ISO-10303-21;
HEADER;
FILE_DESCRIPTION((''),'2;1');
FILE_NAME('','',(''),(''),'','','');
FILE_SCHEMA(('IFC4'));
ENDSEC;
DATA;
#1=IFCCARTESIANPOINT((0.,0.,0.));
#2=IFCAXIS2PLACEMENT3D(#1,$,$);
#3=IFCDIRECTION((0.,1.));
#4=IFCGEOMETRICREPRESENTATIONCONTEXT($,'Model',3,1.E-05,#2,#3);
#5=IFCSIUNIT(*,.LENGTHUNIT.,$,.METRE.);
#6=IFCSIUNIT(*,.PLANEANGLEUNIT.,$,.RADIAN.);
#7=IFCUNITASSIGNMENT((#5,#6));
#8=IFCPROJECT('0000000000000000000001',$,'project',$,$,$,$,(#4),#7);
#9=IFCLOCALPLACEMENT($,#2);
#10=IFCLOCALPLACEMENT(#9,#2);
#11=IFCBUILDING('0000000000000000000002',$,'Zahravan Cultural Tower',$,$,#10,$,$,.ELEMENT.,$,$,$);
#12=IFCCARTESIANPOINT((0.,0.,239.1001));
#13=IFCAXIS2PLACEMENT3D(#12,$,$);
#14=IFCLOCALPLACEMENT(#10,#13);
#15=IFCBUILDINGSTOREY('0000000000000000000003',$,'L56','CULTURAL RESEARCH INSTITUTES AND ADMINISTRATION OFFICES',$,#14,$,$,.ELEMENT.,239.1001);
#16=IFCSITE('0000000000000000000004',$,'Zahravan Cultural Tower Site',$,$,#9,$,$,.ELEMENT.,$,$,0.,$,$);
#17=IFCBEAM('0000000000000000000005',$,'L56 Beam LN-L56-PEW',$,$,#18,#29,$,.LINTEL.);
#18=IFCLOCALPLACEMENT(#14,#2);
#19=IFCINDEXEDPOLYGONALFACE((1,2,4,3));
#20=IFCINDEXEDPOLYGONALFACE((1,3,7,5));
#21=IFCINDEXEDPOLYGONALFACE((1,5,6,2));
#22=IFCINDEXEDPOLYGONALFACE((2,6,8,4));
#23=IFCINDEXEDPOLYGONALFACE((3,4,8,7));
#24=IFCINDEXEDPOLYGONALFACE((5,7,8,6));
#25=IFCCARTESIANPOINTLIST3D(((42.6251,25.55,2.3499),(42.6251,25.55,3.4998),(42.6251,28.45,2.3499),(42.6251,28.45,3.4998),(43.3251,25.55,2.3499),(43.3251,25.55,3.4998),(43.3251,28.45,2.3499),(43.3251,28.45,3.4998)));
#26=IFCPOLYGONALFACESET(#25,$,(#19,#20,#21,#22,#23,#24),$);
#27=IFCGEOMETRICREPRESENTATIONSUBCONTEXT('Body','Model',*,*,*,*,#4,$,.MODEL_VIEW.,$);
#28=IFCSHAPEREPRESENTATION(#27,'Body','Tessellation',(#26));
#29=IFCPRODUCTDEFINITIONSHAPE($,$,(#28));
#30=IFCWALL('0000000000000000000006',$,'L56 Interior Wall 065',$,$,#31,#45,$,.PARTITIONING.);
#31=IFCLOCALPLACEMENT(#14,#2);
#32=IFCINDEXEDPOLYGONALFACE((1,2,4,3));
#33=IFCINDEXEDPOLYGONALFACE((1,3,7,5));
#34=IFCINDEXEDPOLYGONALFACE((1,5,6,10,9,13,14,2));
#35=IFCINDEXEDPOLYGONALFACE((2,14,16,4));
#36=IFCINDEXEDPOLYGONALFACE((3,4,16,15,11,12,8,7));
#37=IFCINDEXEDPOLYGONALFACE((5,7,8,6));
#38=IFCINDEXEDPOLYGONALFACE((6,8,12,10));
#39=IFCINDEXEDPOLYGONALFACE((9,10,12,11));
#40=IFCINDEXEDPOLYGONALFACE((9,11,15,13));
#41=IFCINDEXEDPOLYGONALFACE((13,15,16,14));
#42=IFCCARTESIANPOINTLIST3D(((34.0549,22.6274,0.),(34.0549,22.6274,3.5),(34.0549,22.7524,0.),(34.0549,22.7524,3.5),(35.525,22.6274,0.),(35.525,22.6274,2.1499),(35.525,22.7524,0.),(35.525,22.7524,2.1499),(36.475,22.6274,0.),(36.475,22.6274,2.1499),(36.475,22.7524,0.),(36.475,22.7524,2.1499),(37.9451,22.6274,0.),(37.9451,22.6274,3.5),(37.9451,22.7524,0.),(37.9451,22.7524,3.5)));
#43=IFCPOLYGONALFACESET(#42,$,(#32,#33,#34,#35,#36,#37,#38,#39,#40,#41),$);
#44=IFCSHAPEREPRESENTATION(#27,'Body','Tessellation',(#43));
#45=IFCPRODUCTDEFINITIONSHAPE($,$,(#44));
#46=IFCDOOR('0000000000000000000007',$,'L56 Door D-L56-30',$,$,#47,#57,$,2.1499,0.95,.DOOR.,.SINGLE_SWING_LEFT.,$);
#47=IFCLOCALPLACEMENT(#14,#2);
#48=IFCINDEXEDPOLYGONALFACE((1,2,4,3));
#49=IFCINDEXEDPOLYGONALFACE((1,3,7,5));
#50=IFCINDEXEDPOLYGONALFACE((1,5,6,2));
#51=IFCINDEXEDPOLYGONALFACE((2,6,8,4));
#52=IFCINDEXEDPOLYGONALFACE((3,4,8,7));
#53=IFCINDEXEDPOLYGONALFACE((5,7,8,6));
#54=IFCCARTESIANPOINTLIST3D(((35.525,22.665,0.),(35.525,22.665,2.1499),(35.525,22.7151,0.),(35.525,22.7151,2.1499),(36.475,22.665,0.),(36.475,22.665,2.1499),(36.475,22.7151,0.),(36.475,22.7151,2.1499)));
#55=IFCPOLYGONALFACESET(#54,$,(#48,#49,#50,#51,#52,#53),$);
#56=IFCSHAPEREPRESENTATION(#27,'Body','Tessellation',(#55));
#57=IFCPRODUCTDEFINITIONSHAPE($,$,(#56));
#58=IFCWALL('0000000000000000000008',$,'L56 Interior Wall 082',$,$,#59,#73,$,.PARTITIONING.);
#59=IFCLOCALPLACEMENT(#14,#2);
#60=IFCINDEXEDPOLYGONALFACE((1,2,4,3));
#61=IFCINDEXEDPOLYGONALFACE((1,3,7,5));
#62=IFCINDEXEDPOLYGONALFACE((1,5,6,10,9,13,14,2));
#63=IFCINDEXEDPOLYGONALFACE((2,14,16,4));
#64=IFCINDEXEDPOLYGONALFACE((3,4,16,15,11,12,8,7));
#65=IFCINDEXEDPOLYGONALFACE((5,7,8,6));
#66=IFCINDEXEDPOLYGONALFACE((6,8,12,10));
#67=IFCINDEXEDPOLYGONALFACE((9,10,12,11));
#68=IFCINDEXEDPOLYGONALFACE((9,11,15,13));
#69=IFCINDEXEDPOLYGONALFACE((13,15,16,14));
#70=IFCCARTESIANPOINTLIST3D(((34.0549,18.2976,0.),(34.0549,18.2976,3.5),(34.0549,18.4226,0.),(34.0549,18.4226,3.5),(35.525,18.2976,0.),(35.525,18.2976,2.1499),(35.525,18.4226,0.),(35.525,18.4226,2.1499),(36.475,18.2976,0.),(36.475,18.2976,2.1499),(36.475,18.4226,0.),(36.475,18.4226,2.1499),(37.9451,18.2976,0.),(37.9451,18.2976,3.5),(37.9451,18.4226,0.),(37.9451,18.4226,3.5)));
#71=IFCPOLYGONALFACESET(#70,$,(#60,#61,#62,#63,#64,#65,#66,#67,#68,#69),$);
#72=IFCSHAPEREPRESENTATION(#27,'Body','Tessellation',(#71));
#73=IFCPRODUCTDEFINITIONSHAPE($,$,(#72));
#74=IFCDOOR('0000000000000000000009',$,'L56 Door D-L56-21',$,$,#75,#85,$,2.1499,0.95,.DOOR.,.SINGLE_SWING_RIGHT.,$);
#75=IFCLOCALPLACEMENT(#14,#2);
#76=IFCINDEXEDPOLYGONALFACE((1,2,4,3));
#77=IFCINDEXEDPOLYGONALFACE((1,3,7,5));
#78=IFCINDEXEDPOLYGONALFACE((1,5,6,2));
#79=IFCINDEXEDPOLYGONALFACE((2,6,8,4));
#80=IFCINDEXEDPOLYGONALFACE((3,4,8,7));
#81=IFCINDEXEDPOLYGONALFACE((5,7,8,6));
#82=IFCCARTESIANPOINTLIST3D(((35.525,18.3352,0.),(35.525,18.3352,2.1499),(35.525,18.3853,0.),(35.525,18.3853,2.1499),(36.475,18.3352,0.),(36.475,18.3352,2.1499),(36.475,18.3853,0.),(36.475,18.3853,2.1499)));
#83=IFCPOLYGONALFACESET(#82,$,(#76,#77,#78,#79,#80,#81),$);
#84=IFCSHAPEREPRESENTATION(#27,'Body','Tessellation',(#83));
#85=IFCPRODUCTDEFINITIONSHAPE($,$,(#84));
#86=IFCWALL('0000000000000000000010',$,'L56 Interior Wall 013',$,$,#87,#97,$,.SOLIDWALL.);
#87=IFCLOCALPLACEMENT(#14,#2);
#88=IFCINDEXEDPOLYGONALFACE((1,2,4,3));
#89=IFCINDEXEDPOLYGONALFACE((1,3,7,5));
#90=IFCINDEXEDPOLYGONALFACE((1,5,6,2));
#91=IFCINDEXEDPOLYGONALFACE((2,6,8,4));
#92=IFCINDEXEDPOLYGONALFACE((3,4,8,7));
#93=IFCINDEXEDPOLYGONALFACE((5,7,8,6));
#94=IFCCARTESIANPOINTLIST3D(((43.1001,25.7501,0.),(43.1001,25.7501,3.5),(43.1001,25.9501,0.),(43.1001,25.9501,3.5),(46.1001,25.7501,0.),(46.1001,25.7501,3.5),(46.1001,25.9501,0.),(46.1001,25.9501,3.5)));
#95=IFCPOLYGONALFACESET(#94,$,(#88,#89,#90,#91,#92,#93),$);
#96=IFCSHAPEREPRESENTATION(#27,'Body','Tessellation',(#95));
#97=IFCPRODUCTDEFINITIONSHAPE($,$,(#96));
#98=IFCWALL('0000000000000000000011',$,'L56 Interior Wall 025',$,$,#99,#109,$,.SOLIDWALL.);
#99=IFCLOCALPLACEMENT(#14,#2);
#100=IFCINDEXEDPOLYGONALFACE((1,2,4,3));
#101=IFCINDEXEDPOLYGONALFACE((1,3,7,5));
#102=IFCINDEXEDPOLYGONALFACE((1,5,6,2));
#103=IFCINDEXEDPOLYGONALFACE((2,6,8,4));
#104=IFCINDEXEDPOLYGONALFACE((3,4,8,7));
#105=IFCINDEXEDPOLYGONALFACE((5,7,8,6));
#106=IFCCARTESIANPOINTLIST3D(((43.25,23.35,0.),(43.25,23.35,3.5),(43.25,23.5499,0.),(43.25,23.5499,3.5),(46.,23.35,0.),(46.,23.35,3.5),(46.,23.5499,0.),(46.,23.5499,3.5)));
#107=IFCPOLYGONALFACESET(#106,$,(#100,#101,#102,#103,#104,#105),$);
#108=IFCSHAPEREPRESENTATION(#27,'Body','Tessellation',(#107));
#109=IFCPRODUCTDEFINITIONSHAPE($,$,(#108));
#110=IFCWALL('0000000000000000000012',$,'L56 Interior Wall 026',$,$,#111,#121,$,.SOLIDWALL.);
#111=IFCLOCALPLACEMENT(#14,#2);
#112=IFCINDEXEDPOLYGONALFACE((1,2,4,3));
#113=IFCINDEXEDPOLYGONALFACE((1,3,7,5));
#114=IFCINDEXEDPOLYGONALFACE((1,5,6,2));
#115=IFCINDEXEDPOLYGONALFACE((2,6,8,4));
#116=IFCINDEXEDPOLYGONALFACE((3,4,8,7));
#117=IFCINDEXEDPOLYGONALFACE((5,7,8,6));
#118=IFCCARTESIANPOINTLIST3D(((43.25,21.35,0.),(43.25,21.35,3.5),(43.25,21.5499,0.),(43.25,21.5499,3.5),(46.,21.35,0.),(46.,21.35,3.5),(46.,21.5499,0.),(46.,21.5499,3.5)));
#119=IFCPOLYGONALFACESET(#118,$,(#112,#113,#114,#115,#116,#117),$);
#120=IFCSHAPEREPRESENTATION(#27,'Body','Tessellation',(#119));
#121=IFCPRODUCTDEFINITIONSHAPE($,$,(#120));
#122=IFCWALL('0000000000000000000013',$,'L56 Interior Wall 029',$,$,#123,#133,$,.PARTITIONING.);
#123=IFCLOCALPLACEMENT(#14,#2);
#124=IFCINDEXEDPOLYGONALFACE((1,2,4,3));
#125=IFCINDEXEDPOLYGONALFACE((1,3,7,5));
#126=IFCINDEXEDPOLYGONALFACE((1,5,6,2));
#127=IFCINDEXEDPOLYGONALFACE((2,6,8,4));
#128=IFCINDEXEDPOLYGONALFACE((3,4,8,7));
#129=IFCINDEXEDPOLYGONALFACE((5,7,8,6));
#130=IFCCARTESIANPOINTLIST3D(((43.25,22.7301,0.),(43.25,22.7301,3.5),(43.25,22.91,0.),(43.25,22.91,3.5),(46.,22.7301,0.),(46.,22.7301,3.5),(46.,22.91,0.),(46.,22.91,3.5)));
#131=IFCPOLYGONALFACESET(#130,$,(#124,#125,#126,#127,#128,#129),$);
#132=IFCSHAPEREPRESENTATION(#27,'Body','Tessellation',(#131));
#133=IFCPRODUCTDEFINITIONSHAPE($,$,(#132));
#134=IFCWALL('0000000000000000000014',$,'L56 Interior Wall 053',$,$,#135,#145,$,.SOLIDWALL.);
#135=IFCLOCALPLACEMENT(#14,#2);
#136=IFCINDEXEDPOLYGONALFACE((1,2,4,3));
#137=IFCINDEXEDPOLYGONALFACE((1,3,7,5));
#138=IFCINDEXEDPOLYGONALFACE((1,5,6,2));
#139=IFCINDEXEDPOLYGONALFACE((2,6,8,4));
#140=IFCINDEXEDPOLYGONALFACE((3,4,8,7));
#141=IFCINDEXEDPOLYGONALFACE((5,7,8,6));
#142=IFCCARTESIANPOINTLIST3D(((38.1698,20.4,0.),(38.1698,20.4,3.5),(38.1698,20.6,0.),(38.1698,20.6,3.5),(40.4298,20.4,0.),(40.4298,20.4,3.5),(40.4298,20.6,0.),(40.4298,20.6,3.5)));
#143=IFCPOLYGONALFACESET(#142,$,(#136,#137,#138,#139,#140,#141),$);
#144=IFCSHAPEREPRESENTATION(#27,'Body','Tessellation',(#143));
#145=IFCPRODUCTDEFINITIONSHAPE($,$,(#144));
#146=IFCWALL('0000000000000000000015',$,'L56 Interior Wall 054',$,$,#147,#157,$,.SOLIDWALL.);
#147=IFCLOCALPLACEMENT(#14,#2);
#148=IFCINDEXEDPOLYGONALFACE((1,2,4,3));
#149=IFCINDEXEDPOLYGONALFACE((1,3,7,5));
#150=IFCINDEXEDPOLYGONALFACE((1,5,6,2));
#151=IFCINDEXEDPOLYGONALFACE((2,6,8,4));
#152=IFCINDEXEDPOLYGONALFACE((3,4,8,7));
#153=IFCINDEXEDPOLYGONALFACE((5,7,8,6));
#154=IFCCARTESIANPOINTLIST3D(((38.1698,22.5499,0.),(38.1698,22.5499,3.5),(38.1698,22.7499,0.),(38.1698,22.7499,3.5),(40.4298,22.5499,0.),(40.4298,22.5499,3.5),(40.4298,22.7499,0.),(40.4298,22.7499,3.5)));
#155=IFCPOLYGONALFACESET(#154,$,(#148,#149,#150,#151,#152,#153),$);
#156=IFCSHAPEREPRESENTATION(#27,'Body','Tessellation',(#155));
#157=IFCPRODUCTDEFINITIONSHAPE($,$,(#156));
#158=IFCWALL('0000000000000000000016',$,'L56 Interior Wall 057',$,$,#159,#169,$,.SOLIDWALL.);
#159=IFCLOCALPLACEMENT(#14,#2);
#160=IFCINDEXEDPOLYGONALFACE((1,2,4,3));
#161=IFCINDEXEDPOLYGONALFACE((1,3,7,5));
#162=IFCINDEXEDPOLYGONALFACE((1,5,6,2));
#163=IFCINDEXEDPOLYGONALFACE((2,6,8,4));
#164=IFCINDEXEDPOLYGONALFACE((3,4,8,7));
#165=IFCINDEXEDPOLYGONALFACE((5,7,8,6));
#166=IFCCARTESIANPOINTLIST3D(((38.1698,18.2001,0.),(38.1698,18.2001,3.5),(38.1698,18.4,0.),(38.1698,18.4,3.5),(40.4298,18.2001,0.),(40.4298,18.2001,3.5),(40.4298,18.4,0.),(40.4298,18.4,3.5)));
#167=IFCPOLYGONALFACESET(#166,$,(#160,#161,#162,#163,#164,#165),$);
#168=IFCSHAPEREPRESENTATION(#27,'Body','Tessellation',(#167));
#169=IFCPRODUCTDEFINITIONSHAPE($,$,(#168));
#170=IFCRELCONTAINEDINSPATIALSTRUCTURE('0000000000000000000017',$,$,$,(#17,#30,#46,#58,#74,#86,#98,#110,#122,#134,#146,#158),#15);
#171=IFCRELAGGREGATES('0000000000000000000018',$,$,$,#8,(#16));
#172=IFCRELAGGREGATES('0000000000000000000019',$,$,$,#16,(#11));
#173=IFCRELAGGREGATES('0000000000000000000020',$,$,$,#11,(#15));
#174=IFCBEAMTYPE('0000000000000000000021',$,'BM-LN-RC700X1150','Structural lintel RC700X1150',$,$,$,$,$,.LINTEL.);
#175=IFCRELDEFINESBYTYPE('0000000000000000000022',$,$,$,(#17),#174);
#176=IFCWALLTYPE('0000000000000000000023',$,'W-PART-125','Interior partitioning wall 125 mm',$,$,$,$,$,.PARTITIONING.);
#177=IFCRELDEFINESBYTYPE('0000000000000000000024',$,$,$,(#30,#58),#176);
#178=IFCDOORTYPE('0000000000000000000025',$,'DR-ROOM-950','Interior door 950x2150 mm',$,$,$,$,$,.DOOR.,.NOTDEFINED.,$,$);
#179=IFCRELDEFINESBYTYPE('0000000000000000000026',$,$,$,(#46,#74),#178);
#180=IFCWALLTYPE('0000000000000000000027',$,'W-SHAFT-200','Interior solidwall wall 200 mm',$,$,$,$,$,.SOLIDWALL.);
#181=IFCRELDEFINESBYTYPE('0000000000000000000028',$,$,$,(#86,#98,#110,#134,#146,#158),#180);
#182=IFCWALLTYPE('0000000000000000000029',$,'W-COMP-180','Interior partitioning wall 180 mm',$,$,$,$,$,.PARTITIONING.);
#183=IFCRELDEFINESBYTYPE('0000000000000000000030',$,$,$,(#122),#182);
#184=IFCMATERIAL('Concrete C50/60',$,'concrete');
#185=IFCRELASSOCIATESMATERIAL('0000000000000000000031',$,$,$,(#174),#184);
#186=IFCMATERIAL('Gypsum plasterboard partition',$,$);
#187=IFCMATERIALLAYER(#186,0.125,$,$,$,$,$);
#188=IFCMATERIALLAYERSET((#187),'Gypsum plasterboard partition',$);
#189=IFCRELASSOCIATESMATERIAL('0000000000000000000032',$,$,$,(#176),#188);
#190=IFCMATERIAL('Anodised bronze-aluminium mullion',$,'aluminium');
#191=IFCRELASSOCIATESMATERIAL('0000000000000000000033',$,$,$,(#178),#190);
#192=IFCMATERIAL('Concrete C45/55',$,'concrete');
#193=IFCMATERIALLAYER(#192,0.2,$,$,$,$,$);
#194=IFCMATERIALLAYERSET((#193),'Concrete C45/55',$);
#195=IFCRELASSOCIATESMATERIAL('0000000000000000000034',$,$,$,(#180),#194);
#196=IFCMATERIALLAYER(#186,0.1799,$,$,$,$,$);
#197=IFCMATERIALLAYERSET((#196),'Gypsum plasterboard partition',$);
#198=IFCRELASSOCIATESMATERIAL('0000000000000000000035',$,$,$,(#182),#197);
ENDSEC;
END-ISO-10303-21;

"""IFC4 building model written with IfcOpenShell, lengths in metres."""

from ifc_helpers import new_model, si_unit, direction, frame, frame_2d, origin, origin_2d, place, context, subcontext, project, spatial, rectangle, extrude, source, transform, mapped, material, layer, layer_set, material_profile, profile_set, type_object, element, fill, save


model = new_model("IFC4")

# Units and contexts
model_context = context("Model", 3, precision=1e-05, world=origin(), true_north=direction((0.0, 1.0)))
body_context = subcontext(model_context, "Body", "Model", "MODEL_VIEW")
ifc_project = project(units=[si_unit("LENGTHUNIT", "METRE"), si_unit("PLANEANGLEUNIT", "RADIAN")], contexts=[model_context])

# Site, building, storey
site_placement = place(None, origin())
site = spatial("IfcSite", under=ifc_project, at=site_placement, Name="Zahravan Cultural Tower Site", CompositionType="ELEMENT", RefElevation=0.0)
building_placement = place(site_placement, origin())
building = spatial("IfcBuilding", under=site, at=building_placement, Name="Zahravan Cultural Tower", CompositionType="ELEMENT")
storey_placement = place(building_placement, frame((0.0, 0.0, 239.1001)))
storey = spatial("IfcBuildingStorey", under=building, at=storey_placement, Name="L56", Description="CULTURAL RESEARCH INSTITUTES AND ADMINISTRATION OFFICES", CompositionType="ELEMENT", Elevation=239.1001)

# Beam
ifc_material_1 = material(Name="Concrete C50/60", Category="concrete")
ifc_material_profile = material_profile(ifc_material_1, rectangle(XDim=0.7, YDim=1.1499, at=origin_2d()), Name="RC700X1150")
ifc_profile_set = profile_set([ifc_material_profile], Name="Concrete C50/60")
beam_type = type_object("IfcBeamType", Name="BM-LN-RC700X1150", Description="Structural lintel RC700X1150", PredefinedType="LINTEL", material=ifc_profile_set)
shared_shape_1 = source(origin(), body_context, "Body", "SweptSolid", [
    extrude(rectangle(XDim=0.7, YDim=1.1499, at=origin_2d()), origin(), (0.0, 0.0, 1.0), 2.8999),
])
beam_placement = place(storey_placement, frame((42.9751, 25.55, 2.9248), z_axis=(0.0, 1.0, 0.0), x_axis=(-1.0, 0.0, 0.0)))
element("IfcBeam", 1, at=beam_placement, inside=storey, type_object=beam_type, Name="L56 Beam LN-L56-PEW", PredefinedType="LINTEL", context=body_context, shape_type="MappedRepresentation", body=[
    mapped(shared_shape_1, transform((0.0, 0.0, 0.0), x_axis=(1.0, 0.0, 0.0), y_axis=(0.0, 1.0, 0.0), z_axis=(0.0, 0.0, 1.0), scale=1.0)),
])

# Walls, openings, doors
ifc_material_2 = material(Name="Gypsum plasterboard partition")
ifc_layer_1 = layer(ifc_material_2, 0.125)
ifc_layer_set_1 = layer_set([ifc_layer_1], Name="Gypsum plasterboard partition")
wall_type_1 = type_object("IfcWallType", Name="W-PART-125", Description="Interior partitioning wall 125 mm", PredefinedType="PARTITIONING", material=ifc_layer_set_1)
wall_1_placement = place(storey_placement, frame((37.9451, 22.6899, 0.0), z_axis=(0.0, 0.0, 1.0), x_axis=(-1.0, 0.0, 0.0)))
wall_1 = element("IfcWall", 2, at=wall_1_placement, inside=storey, type_object=wall_type_1, Name="L56 Interior Wall 065", PredefinedType="PARTITIONING", context=body_context, shape_type="SweptSolid", body=[
    extrude(rectangle(XDim=3.8901, YDim=0.125, at=frame_2d((1.9451, 0.0))), origin(), (0.0, 0.0, 1.0), 3.5),
])
opening_1_placement = place(wall_1_placement, frame((1.47, 0.0, 0.0)))
opening_1 = element("IfcOpeningElement", 3, at=opening_1_placement, cuts=wall_1, PredefinedType="OPENING", context=body_context, shape_type="SweptSolid", body=[
    extrude(rectangle(XDim=0.95, YDim=2.1499, at=frame_2d((0.4751, 1.075))), frame((0.0, 0.0725, 0.0), z_axis=(0.0, -1.0, 0.0), x_axis=(1.0, 0.0, 0.0)), (0.0, 0.0, 1.0), 0.145),
])
ifc_material_3 = material(Name="Anodised bronze-aluminium mullion", Category="aluminium")
door_type = type_object("IfcDoorType", Name="DR-ROOM-950", Description="Interior door 950x2150 mm", OperationType="NOTDEFINED", PredefinedType="DOOR", material=ifc_material_3)
shared_shape_2 = source(origin(), body_context, "Body", "SweptSolid", [
    extrude(rectangle(XDim=0.95, YDim=2.1499, at=frame_2d((0.4751, 1.075))), frame((0.0, 0.0249, 0.0), z_axis=(0.0, -1.0, 0.0), x_axis=(1.0, 0.0, 0.0)), (0.0, 0.0, 1.0), 0.05),
])
door_1_placement = place(opening_1_placement, origin())
door_1 = element("IfcDoor", 4, at=door_1_placement, inside=storey, type_object=door_type, Name="L56 Door D-L56-30", OperationType="SINGLE_SWING_LEFT", OverallHeight=2.1499, OverallWidth=0.95, PredefinedType="DOOR", context=body_context, shape_type="MappedRepresentation", body=[
    mapped(shared_shape_2, transform((0.0, 0.0, 0.0), x_axis=(1.0, 0.0, 0.0), y_axis=(0.0, 1.0, 0.0), z_axis=(0.0, 0.0, 1.0), scale=1.0)),
])
fill(opening_1, door_1)
wall_2_placement = place(storey_placement, frame((37.9451, 18.3601, 0.0), z_axis=(0.0, 0.0, 1.0), x_axis=(-1.0, 0.0, 0.0)))
wall_2 = element("IfcWall", 5, at=wall_2_placement, inside=storey, type_object=wall_type_1, Name="L56 Interior Wall 082", PredefinedType="PARTITIONING", context=body_context, shape_type="SweptSolid", body=[
    extrude(rectangle(XDim=3.8901, YDim=0.125, at=frame_2d((1.9451, 0.0))), origin(), (0.0, 0.0, 1.0), 3.5),
])
opening_2_placement = place(wall_2_placement, frame((1.47, 0.0, 0.0)))
opening_2 = element("IfcOpeningElement", 6, at=opening_2_placement, cuts=wall_2, PredefinedType="OPENING", context=body_context, shape_type="SweptSolid", body=[
    extrude(rectangle(XDim=0.95, YDim=2.1499, at=frame_2d((0.4751, 1.075))), frame((0.0, 0.0725, 0.0), z_axis=(0.0, -1.0, 0.0), x_axis=(1.0, 0.0, 0.0)), (0.0, 0.0, 1.0), 0.145),
])
door_2_placement = place(opening_2_placement, origin())
door_2 = element("IfcDoor", 7, at=door_2_placement, inside=storey, type_object=door_type, Name="L56 Door D-L56-21", OperationType="SINGLE_SWING_RIGHT", OverallHeight=2.1499, OverallWidth=0.95, PredefinedType="DOOR", context=body_context, shape_type="MappedRepresentation", body=[
    mapped(shared_shape_2, transform((0.0, 0.0, 0.0), x_axis=(1.0, 0.0, 0.0), y_axis=(0.0, 1.0, 0.0), z_axis=(0.0, 0.0, 1.0), scale=1.0)),
])
fill(opening_2, door_2)

# Walls
ifc_material_4 = material(Name="Concrete C45/55", Category="concrete")
ifc_layer_2 = layer(ifc_material_4, 0.2)
ifc_layer_set_2 = layer_set([ifc_layer_2], Name="Concrete C45/55")
wall_type_2 = type_object("IfcWallType", Name="W-SHAFT-200", Description="Interior solidwall wall 200 mm", PredefinedType="SOLIDWALL", material=ifc_layer_set_2)
shared_shape_3 = source(origin(), body_context, "Body", "SweptSolid", [
    extrude(rectangle(XDim=3.0, YDim=0.2, at=frame_2d((1.5, 0.0))), origin(), (0.0, 0.0, 1.0), 3.5),
])
wall_3_placement = place(storey_placement, frame((43.1001, 25.8501, 0.0), z_axis=(0.0, 0.0, 1.0), x_axis=(1.0, 0.0, 0.0)))
element("IfcWall", 8, at=wall_3_placement, inside=storey, type_object=wall_type_2, Name="L56 Interior Wall 013", PredefinedType="SOLIDWALL", context=body_context, shape_type="MappedRepresentation", body=[
    mapped(shared_shape_3, transform((0.0, 0.0, 0.0), x_axis=(1.0, 0.0, 0.0), y_axis=(0.0, 1.0, 0.0), z_axis=(0.0, 0.0, 1.0), scale=1.0)),
])
shared_shape_4 = source(origin(), body_context, "Body", "SweptSolid", [
    extrude(rectangle(XDim=2.75, YDim=0.2, at=frame_2d((1.375, 0.0))), origin(), (0.0, 0.0, 1.0), 3.5),
])
for number, where, z_axis, x_axis, name in (
    (9, (43.25, 23.45, 0.0), (0.0, 0.0, 1.0), (1.0, 0.0, 0.0), "L56 Interior Wall 025"),
    (10, (43.25, 21.45, 0.0), (0.0, 0.0, 1.0), (1.0, 0.0, 0.0), "L56 Interior Wall 026"),
):
    element("IfcWall", number, at=place(storey_placement, frame(where, z_axis=z_axis, x_axis=x_axis)), inside=storey, type_object=wall_type_2, Name=name, PredefinedType="SOLIDWALL", context=body_context, shape_type="MappedRepresentation", body=[
        mapped(shared_shape_4, transform((0.0, 0.0, 0.0), x_axis=(1.0, 0.0, 0.0), y_axis=(0.0, 1.0, 0.0), z_axis=(0.0, 0.0, 1.0), scale=1.0)),
    ])
ifc_layer_3 = layer(ifc_material_2, 0.1799)
ifc_layer_set_3 = layer_set([ifc_layer_3], Name="Gypsum plasterboard partition")
wall_type_3 = type_object("IfcWallType", Name="W-COMP-180", Description="Interior partitioning wall 180 mm", PredefinedType="PARTITIONING", material=ifc_layer_set_3)
shared_shape_5 = source(origin(), body_context, "Body", "SweptSolid", [
    extrude(rectangle(XDim=2.75, YDim=0.1799, at=frame_2d((1.375, 0.0))), origin(), (0.0, 0.0, 1.0), 3.5),
])
wall_4_placement = place(storey_placement, frame((43.25, 22.8201, 0.0), z_axis=(0.0, 0.0, 1.0), x_axis=(1.0, 0.0, 0.0)))
element("IfcWall", 11, at=wall_4_placement, inside=storey, type_object=wall_type_3, Name="L56 Interior Wall 029", PredefinedType="PARTITIONING", context=body_context, shape_type="MappedRepresentation", body=[
    mapped(shared_shape_5, transform((0.0, 0.0, 0.0), x_axis=(1.0, 0.0, 0.0), y_axis=(0.0, 1.0, 0.0), z_axis=(0.0, 0.0, 1.0), scale=1.0)),
])
shared_shape_6 = source(origin(), body_context, "Body", "SweptSolid", [
    extrude(rectangle(XDim=2.26, YDim=0.2, at=frame_2d((1.1299, 0.0))), origin(), (0.0, 0.0, 1.0), 3.5),
])
for number, where, z_axis, x_axis, name in (
    (12, (38.1699, 20.5, 0.0), (0.0, 0.0, 1.0), (1.0, 0.0, 0.0), "L56 Interior Wall 053"),
    (13, (38.1699, 22.6499, 0.0), (0.0, 0.0, 1.0), (1.0, 0.0, 0.0), "L56 Interior Wall 054"),
    (14, (38.1699, 18.3, 0.0), (0.0, 0.0, 1.0), (1.0, 0.0, 0.0), "L56 Interior Wall 057"),
):
    element("IfcWall", number, at=place(storey_placement, frame(where, z_axis=z_axis, x_axis=x_axis)), inside=storey, type_object=wall_type_2, Name=name, PredefinedType="SOLIDWALL", context=body_context, shape_type="MappedRepresentation", body=[
        mapped(shared_shape_6, transform((0.0, 0.0, 0.0), x_axis=(1.0, 0.0, 0.0), y_axis=(0.0, 1.0, 0.0), z_axis=(0.0, 0.0, 1.0), scale=1.0)),
    ])

save(model, "model.ifc")
